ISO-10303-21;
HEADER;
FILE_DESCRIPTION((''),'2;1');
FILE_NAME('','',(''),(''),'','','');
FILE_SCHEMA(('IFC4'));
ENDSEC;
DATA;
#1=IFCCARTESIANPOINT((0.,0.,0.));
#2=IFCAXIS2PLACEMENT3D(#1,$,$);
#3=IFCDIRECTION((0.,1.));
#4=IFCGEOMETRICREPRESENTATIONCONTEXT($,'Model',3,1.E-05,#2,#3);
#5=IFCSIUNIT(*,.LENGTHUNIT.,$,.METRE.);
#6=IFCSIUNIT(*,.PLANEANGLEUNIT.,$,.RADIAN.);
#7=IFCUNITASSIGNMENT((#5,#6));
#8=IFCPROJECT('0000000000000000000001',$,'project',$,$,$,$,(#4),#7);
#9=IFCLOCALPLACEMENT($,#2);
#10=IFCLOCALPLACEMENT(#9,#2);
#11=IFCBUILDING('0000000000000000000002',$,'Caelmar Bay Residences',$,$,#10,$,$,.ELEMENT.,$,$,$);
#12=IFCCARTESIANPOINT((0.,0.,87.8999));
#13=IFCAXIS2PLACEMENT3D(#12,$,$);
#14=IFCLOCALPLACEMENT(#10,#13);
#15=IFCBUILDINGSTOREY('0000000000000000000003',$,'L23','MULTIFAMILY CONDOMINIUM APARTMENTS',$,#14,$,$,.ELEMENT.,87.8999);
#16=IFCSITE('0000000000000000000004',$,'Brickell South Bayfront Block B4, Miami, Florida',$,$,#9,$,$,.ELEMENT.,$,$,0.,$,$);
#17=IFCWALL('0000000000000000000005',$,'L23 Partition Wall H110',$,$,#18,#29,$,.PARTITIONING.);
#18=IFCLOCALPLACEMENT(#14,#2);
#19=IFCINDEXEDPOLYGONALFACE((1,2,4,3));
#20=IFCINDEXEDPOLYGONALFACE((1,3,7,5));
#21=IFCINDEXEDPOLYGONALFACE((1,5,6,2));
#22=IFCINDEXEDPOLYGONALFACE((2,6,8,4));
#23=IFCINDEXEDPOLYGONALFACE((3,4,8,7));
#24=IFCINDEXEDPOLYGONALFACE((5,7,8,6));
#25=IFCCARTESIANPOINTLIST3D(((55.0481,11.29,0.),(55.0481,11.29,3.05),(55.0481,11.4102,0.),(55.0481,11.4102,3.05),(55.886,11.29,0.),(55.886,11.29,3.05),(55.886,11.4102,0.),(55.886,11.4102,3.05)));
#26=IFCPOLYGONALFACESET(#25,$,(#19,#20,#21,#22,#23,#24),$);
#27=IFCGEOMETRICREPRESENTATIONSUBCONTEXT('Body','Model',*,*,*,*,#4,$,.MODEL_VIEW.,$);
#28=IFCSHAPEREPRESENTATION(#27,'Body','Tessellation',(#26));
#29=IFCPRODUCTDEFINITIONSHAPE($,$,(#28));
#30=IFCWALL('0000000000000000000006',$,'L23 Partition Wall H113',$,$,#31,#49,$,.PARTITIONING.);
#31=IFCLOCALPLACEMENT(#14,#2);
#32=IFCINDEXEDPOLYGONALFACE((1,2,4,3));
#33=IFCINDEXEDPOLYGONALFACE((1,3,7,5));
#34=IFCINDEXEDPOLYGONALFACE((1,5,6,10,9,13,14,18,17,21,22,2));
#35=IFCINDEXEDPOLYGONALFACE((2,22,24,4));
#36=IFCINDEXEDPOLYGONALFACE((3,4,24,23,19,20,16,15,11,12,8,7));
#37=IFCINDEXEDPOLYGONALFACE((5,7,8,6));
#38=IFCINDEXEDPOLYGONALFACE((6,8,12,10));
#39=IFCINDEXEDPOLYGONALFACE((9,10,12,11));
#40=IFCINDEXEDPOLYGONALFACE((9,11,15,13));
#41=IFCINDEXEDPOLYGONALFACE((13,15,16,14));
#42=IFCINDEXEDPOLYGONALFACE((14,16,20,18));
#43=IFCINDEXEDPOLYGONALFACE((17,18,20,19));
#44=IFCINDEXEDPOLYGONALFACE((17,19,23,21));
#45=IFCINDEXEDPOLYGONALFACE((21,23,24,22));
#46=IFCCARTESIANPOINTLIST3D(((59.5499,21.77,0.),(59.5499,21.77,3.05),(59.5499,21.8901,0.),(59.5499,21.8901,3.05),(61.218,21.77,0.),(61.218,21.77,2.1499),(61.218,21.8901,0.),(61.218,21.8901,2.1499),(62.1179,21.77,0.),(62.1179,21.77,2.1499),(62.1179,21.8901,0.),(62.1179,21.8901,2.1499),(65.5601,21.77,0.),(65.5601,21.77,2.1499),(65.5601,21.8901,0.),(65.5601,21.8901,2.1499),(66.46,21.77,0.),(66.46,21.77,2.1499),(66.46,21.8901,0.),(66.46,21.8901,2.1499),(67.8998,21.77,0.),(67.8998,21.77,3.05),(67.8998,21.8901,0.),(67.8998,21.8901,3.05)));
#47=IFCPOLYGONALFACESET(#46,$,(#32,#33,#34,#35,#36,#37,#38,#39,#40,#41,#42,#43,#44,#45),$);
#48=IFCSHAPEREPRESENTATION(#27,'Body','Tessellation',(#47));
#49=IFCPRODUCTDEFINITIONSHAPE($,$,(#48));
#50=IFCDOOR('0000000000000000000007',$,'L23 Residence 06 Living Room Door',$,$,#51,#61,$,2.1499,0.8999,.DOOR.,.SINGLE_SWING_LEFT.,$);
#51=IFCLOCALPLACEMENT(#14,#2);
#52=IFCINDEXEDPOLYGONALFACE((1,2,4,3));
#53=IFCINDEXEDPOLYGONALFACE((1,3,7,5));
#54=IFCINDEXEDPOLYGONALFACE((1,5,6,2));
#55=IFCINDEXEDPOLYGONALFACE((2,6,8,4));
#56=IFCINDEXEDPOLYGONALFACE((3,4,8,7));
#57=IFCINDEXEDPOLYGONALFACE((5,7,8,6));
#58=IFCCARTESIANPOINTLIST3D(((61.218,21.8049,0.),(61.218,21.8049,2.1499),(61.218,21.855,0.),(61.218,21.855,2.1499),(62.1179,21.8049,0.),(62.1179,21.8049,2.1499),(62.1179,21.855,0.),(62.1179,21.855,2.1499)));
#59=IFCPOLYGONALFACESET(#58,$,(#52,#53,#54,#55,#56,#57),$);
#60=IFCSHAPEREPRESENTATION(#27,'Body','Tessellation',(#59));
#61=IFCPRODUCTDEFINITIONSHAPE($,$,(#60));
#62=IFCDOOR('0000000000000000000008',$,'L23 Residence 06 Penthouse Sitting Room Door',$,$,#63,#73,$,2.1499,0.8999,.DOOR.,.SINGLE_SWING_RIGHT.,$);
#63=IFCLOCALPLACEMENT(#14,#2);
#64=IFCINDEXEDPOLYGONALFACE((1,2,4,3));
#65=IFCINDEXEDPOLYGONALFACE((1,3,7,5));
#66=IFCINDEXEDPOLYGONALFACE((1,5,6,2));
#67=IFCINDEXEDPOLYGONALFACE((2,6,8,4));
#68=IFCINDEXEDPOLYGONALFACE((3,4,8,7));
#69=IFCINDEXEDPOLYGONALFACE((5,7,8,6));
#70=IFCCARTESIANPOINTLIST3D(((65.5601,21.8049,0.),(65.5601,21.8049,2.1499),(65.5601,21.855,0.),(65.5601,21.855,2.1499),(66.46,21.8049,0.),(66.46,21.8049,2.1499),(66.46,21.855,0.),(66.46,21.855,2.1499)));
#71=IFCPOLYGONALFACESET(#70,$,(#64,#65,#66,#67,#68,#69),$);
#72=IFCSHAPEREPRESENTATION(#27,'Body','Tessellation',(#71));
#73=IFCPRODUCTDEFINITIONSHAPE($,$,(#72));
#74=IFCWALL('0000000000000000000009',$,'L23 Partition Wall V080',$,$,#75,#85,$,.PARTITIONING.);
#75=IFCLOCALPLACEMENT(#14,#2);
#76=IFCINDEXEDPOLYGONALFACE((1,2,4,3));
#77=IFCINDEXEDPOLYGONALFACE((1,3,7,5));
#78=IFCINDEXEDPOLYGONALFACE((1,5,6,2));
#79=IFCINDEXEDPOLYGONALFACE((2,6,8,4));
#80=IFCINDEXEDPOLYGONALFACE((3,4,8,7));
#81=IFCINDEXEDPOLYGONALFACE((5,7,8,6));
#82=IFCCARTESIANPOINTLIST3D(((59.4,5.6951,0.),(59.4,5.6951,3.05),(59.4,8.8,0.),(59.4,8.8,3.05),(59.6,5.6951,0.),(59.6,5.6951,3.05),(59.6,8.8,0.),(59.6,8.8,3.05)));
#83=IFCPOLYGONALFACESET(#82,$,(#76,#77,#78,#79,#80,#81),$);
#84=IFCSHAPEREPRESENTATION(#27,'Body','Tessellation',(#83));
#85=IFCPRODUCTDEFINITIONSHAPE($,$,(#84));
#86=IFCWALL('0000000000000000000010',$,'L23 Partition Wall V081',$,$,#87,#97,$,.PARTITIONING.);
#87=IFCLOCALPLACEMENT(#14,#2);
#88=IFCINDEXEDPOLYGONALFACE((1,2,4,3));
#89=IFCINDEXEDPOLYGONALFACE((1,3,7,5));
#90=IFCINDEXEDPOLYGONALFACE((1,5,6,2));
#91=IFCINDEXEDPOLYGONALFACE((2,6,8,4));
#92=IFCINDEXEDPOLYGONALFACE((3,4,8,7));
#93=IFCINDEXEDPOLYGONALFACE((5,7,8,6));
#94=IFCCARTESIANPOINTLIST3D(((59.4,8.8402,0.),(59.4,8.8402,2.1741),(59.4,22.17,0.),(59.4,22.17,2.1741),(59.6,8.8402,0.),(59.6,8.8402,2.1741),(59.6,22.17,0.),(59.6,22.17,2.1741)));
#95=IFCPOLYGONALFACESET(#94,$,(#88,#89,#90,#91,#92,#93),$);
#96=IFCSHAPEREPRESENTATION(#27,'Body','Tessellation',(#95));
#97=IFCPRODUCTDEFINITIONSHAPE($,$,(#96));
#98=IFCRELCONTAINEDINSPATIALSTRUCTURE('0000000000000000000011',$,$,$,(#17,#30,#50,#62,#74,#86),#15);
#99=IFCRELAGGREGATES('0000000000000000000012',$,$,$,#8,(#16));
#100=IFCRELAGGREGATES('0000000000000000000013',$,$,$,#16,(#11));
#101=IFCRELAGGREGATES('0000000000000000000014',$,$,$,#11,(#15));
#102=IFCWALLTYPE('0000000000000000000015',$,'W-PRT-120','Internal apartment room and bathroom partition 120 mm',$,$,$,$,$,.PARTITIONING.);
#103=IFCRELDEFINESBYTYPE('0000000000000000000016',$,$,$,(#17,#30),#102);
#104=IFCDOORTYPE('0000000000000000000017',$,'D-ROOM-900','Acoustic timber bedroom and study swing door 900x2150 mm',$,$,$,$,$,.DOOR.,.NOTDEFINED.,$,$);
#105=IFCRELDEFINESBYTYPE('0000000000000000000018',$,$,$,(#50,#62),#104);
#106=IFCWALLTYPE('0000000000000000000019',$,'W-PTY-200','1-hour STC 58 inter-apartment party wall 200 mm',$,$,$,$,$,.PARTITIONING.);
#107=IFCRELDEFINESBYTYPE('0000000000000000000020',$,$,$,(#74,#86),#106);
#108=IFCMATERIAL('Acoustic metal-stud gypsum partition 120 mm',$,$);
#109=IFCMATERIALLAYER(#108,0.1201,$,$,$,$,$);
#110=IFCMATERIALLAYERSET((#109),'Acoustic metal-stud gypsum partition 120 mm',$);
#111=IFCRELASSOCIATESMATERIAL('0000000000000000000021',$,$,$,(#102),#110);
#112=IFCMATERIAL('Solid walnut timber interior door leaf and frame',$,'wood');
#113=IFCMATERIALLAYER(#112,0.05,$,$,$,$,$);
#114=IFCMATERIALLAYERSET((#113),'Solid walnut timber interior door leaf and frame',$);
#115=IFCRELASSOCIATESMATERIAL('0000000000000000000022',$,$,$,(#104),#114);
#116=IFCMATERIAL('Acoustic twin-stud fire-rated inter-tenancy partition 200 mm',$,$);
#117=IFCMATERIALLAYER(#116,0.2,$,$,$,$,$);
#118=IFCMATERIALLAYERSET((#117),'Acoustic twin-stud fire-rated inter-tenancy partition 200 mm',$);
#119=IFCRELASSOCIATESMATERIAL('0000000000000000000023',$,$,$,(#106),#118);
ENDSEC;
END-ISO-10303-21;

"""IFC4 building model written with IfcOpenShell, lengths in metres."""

from ifc_helpers import new_model, si_unit, direction, frame, frame_2d, origin, place, context, subcontext, project, spatial, rectangle, extrude, material, layer, layer_set, type_object, element, fill, save


model = new_model("IFC4")

# Units and contexts
model_context = context("Model", 3, precision=1e-05, world=origin(), true_north=direction((0.0, 1.0)))
body_context = subcontext(model_context, "Body", "Model", "MODEL_VIEW")
ifc_project = project(units=[si_unit("LENGTHUNIT", "METRE"), si_unit("PLANEANGLEUNIT", "RADIAN")], contexts=[model_context])

# Site, building, storey
site_placement = place(None, origin())
site = spatial("IfcSite", under=ifc_project, at=site_placement, Name="Brickell South Bayfront Block B4, Miami, Florida", CompositionType="ELEMENT", RefElevation=0.0)
building_placement = place(site_placement, origin())
building = spatial("IfcBuilding", under=site, at=building_placement, Name="Caelmar Bay Residences", CompositionType="ELEMENT")
storey_placement = place(building_placement, frame((0.0, 0.0, 87.8999)))
storey = spatial("IfcBuildingStorey", under=building, at=storey_placement, Name="L23", Description="MULTIFAMILY CONDOMINIUM APARTMENTS", CompositionType="ELEMENT", Elevation=87.8999)

# Wall
ifc_material_1 = material(Name="Acoustic metal-stud gypsum partition 120 mm")
ifc_layer_1 = layer(ifc_material_1, 0.1201)
ifc_layer_set_1 = layer_set([ifc_layer_1], Name="Acoustic metal-stud gypsum partition 120 mm")
wall_type_1 = type_object("IfcWallType", Name="W-PRT-120", Description="Internal apartment room and bathroom partition 120 mm", PredefinedType="PARTITIONING", material=ifc_layer_set_1)
wall_1_placement = place(storey_placement, frame((55.0481, 11.3501, 0.0), z_axis=(0.0, 0.0, 1.0), x_axis=(1.0, 0.0, 0.0)))
element("IfcWall", 1, at=wall_1_placement, inside=storey, type_object=wall_type_1, Name="L23 Partition Wall H110", PredefinedType="PARTITIONING", context=body_context, shape_type="SweptSolid", body=[
    extrude(rectangle(XDim=0.8379, YDim=0.1201, at=frame_2d((0.4189, 0.0))), origin(), (0.0, 0.0, 1.0), 3.05),
])

# Shared definitions
ifc_material_2 = material(Name="Solid walnut timber interior door leaf and frame", Category="wood")
ifc_layer_2 = layer(ifc_material_2, 0.05)
ifc_layer_set_2 = layer_set([ifc_layer_2], Name="Solid walnut timber interior door leaf and frame")
door_type = type_object("IfcDoorType", Name="D-ROOM-900", Description="Acoustic timber bedroom and study swing door 900x2150 mm", OperationType="NOTDEFINED", PredefinedType="DOOR", material=ifc_layer_set_2)

# Wall, openings, doors
wall_2_placement = place(storey_placement, frame((59.55, 21.8301, 0.0), z_axis=(0.0, 0.0, 1.0), x_axis=(1.0, 0.0, 0.0)))
wall_2 = element("IfcWall", 2, at=wall_2_placement, inside=storey, type_object=wall_type_1, Name="L23 Partition Wall H113", PredefinedType="PARTITIONING", context=body_context, shape_type="SweptSolid", body=[
    extrude(rectangle(XDim=8.3499, YDim=0.1201, at=frame_2d((4.1748, 0.0))), origin(), (0.0, 0.0, 1.0), 3.05),
])
opening_1_placement = place(wall_2_placement, frame((1.668, 0.0, 0.0)))
opening_1 = element("IfcOpeningElement", 3, at=opening_1_placement, cuts=wall_2, PredefinedType="OPENING", context=body_context, shape_type="SweptSolid", body=[
    extrude(rectangle(XDim=0.8999, YDim=2.1499, at=frame_2d((0.45, 1.075))), frame((0.0, 0.0701, 0.0), z_axis=(0.0, -1.0, 0.0), x_axis=(1.0, 0.0, 0.0)), (0.0, 0.0, 1.0), 0.1401),
])
opening_2_placement = place(wall_2_placement, frame((6.01, 0.0, 0.0)))
opening_2 = element("IfcOpeningElement", 4, at=opening_2_placement, cuts=wall_2, PredefinedType="OPENING", context=body_context, shape_type="SweptSolid", body=[
    extrude(rectangle(XDim=0.8999, YDim=2.1499, at=frame_2d((0.45, 1.075))), frame((0.0, 0.0701, 0.0), z_axis=(0.0, -1.0, 0.0), x_axis=(1.0, 0.0, 0.0)), (0.0, 0.0, 1.0), 0.1401),
])
door_1_placement = place(opening_1_placement, origin())
door_1 = element("IfcDoor", 5, at=door_1_placement, inside=storey, type_object=door_type, Name="L23 Residence 06 Living Room Door", OperationType="SINGLE_SWING_LEFT", OverallHeight=2.1499, OverallWidth=0.8999, PredefinedType="DOOR", context=body_context, shape_type="SweptSolid", body=[
    extrude(rectangle(XDim=0.8999, YDim=2.1499, at=frame_2d((0.45, 1.075))), frame((0.0, 0.0249, 0.0), z_axis=(0.0, -1.0, 0.0), x_axis=(1.0, 0.0, 0.0)), (0.0, 0.0, 1.0), 0.05),
])
fill(opening_1, door_1)
door_2_placement = place(opening_2_placement, origin())
door_2 = element("IfcDoor", 6, at=door_2_placement, inside=storey, type_object=door_type, Name="L23 Residence 06 Penthouse Sitting Room Door", OperationType="SINGLE_SWING_RIGHT", OverallHeight=2.1499, OverallWidth=0.8999, PredefinedType="DOOR", context=body_context, shape_type="SweptSolid", body=[
    extrude(rectangle(XDim=0.8999, YDim=2.1499, at=frame_2d((0.45, 1.075))), frame((0.0, 0.0249, 0.0), z_axis=(0.0, -1.0, 0.0), x_axis=(1.0, 0.0, 0.0)), (0.0, 0.0, 1.0), 0.05),
])
fill(opening_2, door_2)

# Walls
ifc_material_3 = material(Name="Acoustic twin-stud fire-rated inter-tenancy partition 200 mm")
ifc_layer_3 = layer(ifc_material_3, 0.2)
ifc_layer_set_3 = layer_set([ifc_layer_3], Name="Acoustic twin-stud fire-rated inter-tenancy partition 200 mm")
wall_type_2 = type_object("IfcWallType", Name="W-PTY-200", Description="1-hour STC 58 inter-apartment party wall 200 mm", PredefinedType="PARTITIONING", material=ifc_layer_set_3)
wall_3_placement = place(storey_placement, frame((59.5, 5.6951, 0.0), z_axis=(0.0, 0.0, 1.0), x_axis=(0.0, 1.0, 0.0)))
element("IfcWall", 7, at=wall_3_placement, inside=storey, type_object=wall_type_2, Name="L23 Partition Wall V080", PredefinedType="PARTITIONING", context=body_context, shape_type="SweptSolid", body=[
    extrude(rectangle(XDim=3.105, YDim=0.2, at=frame_2d((1.5525, 0.0))), origin(), (0.0, 0.0, 1.0), 3.05),
])
wall_4_placement = place(storey_placement, frame((59.5, 8.8401, 0.0), z_axis=(0.0, 0.0, 1.0), x_axis=(0.0, 1.0, 0.0)))
element("IfcWall", 8, at=wall_4_placement, inside=storey, type_object=wall_type_2, Name="L23 Partition Wall V081", PredefinedType="PARTITIONING", context=body_context, shape_type="SweptSolid", body=[
    extrude(rectangle(XDim=13.3298, YDim=0.2, at=frame_2d((6.665, 0.0))), origin(), (0.0, 0.0, 1.0), 2.1741),
])

save(model, "model.ifc")
